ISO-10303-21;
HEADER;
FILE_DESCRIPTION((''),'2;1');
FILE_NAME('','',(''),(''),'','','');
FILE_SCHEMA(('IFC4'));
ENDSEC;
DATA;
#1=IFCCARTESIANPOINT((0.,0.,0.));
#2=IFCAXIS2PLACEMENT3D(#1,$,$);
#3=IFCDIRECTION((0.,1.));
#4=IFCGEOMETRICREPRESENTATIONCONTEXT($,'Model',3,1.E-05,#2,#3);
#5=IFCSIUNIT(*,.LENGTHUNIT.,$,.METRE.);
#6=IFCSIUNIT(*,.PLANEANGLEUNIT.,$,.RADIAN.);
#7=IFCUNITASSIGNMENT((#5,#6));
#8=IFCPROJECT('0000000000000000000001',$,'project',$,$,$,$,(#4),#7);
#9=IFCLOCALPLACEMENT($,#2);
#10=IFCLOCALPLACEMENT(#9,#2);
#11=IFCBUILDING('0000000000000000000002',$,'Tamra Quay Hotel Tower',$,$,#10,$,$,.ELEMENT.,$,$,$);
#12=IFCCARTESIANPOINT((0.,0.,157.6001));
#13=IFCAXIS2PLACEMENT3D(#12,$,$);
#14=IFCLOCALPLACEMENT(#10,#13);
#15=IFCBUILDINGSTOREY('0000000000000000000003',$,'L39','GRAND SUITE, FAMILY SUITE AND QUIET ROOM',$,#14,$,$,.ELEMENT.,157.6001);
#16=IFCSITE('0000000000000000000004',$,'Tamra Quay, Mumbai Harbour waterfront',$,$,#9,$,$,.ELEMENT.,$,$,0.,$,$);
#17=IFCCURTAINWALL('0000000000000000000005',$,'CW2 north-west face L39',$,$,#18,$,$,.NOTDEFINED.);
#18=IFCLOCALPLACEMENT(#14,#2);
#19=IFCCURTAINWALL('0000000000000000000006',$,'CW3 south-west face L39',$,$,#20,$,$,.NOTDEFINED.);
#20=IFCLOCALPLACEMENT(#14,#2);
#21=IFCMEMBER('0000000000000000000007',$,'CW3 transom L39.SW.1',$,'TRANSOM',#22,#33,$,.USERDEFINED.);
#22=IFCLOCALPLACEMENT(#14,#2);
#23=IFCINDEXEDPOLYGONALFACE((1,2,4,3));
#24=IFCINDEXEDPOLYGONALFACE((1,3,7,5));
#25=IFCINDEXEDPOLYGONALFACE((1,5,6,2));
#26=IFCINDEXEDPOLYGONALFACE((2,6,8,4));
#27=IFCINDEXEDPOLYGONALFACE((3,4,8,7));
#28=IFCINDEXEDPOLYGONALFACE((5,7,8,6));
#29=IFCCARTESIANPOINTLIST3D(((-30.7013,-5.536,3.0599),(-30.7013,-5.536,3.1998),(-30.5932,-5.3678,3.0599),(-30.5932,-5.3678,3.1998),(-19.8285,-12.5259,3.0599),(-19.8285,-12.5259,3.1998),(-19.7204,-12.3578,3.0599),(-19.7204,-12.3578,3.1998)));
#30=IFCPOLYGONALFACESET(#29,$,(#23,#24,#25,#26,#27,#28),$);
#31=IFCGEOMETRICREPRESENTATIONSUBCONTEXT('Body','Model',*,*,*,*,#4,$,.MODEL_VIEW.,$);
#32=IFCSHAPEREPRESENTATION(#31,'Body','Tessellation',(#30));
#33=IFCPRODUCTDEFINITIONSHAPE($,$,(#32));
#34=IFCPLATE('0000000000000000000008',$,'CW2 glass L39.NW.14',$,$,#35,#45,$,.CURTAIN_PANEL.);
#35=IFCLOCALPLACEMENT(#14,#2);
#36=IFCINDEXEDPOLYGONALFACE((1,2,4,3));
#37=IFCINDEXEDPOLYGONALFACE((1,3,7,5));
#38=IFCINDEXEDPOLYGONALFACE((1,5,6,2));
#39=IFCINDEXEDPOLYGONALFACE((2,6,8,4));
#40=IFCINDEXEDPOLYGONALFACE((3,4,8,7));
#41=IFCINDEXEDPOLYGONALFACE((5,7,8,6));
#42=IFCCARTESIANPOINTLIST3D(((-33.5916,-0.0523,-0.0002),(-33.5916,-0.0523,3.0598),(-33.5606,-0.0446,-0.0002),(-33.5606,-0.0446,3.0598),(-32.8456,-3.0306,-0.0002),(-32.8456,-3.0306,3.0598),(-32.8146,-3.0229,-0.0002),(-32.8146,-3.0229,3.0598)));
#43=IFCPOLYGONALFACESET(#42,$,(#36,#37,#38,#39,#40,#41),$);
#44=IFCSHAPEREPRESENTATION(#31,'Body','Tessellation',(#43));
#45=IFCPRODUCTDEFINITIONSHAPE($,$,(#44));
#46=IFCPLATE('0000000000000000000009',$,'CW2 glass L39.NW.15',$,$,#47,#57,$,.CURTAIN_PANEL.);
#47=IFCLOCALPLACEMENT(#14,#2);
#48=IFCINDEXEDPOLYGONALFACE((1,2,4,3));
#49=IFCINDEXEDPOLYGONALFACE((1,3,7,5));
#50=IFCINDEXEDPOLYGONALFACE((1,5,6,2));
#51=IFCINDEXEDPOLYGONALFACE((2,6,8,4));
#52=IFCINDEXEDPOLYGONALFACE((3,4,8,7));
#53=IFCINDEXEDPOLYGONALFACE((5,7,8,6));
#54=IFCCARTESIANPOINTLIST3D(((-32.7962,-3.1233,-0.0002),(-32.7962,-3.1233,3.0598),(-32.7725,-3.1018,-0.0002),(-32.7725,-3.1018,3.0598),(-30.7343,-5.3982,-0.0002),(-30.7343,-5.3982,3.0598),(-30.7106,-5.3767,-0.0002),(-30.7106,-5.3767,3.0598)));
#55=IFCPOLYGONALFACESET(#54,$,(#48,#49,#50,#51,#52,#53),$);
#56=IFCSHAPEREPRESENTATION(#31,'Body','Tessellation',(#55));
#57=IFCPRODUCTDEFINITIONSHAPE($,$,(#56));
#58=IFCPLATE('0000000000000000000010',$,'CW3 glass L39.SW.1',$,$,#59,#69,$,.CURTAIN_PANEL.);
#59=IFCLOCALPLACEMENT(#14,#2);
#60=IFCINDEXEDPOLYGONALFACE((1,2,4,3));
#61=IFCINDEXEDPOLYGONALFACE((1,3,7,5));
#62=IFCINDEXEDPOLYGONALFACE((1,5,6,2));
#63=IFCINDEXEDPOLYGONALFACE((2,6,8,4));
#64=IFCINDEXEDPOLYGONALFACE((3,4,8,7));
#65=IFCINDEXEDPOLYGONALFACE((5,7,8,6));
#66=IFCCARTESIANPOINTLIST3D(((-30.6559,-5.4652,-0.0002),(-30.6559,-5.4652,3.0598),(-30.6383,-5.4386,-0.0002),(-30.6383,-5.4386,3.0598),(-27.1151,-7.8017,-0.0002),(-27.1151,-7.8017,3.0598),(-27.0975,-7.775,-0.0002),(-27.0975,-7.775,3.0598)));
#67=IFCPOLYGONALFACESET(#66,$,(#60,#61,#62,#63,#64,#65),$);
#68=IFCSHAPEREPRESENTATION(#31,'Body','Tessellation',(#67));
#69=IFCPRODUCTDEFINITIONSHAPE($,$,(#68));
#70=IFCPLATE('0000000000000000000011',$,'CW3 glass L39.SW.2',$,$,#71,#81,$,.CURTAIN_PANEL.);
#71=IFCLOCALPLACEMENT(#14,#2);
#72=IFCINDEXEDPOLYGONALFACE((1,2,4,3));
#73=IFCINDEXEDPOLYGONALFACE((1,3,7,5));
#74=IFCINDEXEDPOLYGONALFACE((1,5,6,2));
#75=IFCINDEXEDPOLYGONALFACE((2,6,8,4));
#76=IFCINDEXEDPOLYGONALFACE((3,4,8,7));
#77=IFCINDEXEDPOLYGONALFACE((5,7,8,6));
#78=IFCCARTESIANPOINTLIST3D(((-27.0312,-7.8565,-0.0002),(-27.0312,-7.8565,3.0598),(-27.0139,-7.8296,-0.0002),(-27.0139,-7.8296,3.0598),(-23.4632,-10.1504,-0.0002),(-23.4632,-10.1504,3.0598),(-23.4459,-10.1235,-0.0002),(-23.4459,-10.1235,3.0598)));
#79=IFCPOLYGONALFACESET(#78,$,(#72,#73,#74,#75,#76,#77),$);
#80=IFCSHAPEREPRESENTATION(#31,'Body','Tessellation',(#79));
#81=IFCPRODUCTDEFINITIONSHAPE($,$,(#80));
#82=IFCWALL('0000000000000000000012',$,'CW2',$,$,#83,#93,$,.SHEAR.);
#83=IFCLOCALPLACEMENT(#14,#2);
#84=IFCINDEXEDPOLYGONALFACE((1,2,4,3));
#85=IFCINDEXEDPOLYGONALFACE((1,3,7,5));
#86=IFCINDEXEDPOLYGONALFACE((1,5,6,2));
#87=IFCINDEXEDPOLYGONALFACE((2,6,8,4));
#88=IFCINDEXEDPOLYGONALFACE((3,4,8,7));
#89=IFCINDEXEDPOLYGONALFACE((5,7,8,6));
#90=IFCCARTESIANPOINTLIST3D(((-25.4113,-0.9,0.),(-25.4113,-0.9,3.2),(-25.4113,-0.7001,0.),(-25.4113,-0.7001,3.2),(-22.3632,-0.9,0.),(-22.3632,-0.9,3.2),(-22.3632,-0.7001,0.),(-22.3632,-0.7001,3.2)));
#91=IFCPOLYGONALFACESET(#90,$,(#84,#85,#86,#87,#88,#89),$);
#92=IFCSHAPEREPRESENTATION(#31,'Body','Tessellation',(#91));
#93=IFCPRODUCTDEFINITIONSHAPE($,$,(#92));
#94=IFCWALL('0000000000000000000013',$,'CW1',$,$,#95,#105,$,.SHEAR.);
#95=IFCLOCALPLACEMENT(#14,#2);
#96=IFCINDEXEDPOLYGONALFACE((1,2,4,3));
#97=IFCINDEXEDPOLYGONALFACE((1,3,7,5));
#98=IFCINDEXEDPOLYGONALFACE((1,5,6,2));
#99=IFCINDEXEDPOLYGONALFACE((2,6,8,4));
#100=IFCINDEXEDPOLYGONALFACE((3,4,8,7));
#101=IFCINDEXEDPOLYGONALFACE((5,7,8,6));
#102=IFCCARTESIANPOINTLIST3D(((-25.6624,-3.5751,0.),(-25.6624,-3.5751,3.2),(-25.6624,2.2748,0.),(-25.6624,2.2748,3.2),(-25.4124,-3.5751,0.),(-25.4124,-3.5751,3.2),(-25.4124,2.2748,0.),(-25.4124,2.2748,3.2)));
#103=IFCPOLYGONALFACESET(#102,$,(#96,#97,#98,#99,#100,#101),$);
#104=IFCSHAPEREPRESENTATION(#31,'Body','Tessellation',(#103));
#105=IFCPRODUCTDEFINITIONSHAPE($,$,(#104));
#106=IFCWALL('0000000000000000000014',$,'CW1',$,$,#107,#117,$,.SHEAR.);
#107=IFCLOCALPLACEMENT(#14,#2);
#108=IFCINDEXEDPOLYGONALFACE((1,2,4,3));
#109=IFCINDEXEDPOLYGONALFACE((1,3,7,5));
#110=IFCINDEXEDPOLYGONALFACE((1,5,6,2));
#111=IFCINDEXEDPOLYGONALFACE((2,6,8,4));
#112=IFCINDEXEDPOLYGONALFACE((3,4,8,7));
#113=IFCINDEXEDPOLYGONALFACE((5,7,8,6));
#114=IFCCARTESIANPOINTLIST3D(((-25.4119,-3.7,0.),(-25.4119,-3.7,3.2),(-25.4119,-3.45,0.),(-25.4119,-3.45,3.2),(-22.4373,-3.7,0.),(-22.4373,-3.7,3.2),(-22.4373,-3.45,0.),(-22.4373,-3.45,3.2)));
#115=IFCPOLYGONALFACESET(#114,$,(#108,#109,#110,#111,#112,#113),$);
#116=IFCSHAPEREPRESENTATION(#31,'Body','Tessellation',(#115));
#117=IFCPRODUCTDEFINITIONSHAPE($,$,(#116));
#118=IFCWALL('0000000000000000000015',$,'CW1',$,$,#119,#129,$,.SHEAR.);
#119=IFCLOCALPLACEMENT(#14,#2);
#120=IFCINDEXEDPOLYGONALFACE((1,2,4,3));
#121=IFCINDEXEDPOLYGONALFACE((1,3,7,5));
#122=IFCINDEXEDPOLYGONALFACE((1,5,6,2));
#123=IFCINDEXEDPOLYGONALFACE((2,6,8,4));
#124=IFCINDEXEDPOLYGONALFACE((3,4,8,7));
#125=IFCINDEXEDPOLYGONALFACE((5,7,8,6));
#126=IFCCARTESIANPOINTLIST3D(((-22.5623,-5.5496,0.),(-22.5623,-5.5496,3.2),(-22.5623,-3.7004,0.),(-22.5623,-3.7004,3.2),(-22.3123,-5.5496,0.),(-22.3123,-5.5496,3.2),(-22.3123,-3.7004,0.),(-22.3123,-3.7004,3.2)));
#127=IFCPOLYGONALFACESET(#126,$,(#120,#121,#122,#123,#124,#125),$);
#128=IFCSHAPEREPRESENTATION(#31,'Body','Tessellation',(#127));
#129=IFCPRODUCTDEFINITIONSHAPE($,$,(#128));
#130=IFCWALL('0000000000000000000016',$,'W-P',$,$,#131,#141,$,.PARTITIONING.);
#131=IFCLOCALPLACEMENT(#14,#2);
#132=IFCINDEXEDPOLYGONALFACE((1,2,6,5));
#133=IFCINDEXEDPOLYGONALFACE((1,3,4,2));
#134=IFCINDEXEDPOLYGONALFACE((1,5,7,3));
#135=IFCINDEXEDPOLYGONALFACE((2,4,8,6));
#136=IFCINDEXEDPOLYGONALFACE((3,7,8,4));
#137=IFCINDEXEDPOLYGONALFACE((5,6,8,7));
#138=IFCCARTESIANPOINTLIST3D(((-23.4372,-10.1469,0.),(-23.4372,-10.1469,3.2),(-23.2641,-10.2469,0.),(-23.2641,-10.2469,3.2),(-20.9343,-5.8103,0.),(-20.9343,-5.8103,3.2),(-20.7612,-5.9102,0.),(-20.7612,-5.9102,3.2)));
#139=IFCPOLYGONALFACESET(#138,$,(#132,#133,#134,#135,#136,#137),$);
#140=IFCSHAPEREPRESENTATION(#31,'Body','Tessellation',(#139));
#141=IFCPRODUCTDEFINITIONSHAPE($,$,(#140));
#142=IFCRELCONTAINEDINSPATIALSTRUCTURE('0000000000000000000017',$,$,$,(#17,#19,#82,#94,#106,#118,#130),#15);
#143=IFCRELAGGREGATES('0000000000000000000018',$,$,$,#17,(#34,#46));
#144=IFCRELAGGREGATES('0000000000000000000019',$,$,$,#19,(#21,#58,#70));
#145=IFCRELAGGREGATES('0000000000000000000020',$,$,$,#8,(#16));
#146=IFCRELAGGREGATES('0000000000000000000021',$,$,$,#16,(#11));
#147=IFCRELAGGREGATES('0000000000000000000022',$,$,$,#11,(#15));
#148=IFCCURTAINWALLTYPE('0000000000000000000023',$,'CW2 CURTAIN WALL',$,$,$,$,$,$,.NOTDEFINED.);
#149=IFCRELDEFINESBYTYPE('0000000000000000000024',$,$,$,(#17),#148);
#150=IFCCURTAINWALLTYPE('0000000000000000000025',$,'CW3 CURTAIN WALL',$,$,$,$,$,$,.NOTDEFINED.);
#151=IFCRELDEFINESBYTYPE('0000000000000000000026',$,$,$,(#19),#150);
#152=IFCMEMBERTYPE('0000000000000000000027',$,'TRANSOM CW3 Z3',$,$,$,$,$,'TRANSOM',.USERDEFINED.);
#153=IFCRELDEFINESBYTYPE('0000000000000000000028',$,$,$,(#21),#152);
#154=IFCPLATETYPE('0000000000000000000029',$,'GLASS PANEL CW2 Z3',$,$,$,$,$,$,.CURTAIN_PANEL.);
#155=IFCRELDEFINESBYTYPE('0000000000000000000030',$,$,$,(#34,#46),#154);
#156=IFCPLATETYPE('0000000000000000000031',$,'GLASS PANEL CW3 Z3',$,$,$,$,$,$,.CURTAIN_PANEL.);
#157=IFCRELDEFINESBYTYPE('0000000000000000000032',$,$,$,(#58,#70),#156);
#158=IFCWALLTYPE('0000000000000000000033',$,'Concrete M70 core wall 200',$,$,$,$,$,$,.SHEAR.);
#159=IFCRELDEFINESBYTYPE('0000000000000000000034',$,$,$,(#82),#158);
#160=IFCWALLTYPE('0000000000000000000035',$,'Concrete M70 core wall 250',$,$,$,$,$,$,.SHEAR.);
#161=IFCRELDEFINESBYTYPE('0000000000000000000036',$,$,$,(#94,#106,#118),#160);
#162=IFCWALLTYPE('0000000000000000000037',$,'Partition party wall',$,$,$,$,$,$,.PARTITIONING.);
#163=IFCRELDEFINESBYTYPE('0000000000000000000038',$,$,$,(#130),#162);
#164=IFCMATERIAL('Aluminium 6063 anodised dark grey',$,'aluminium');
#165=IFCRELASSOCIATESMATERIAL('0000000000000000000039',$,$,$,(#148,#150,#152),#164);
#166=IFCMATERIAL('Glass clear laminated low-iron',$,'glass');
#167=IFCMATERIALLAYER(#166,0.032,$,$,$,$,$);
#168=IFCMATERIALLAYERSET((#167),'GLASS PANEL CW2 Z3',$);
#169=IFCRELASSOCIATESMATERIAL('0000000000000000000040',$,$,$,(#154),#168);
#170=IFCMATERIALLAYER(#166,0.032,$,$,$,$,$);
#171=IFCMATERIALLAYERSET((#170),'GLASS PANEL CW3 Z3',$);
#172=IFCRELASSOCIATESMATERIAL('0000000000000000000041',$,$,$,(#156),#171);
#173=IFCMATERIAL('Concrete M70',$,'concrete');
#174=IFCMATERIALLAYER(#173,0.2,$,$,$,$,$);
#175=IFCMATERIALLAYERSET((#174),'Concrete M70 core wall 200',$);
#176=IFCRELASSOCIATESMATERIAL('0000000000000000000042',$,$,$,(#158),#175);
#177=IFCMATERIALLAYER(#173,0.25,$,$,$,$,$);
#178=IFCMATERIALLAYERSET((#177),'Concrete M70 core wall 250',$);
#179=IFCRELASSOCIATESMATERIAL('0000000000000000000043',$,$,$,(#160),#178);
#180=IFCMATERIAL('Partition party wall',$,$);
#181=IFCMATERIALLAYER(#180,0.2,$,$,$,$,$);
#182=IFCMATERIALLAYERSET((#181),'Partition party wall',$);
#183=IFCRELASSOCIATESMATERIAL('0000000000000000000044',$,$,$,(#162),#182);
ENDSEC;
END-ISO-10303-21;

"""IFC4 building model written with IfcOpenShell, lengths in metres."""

from ifc_helpers import new_model, si_unit, direction, frame, frame_2d, origin, origin_2d, place, context, subcontext, project, spatial, rectangle, extrude, material, layer, layer_set, material_profile, profile_set, type_object, element, aggregate, save


model = new_model("IFC4")

# Units and contexts
model_context = context("Model", 3, precision=1e-05, world=origin(), true_north=direction((0.0, 1.0)))
body_context = subcontext(model_context, "Body", "Model", "MODEL_VIEW")
ifc_project = project(units=[si_unit("LENGTHUNIT", "METRE"), si_unit("PLANEANGLEUNIT", "RADIAN")], contexts=[model_context])

# Site, building, storey
site_placement = place(None, origin())
site = spatial("IfcSite", under=ifc_project, at=site_placement, Name="Tamra Quay, Mumbai Harbour waterfront", CompositionType="ELEMENT", RefElevation=0.0)
building_placement = place(site_placement, origin())
building = spatial("IfcBuilding", under=site, at=building_placement, Name="Tamra Quay Hotel Tower", CompositionType="ELEMENT")
storey_placement = place(building_placement, frame((0.0, 0.0, 157.6001)))
storey = spatial("IfcBuildingStorey", under=building, at=storey_placement, Name="L39", Description="GRAND SUITE, FAMILY SUITE AND QUIET ROOM", CompositionType="ELEMENT", Elevation=157.6001)

# Shared definitions
ifc_material_1 = material(Name="Concrete M70", Category="concrete")

# Curtain walls
ifc_material_2 = material(Name="Aluminium 6063 anodised dark grey", Category="aluminium")
curtain_wall_type_1 = type_object("IfcCurtainWallType", Name="CW2 CURTAIN WALL", PredefinedType="NOTDEFINED", material=ifc_material_2)
curtain_wall_1_placement = place(storey_placement, origin())
curtain_wall_1 = element("IfcCurtainWall", 1, at=curtain_wall_1_placement, inside=storey, type_object=curtain_wall_type_1, Name="CW2 north-west face L39", PredefinedType="NOTDEFINED")
curtain_wall_type_2 = type_object("IfcCurtainWallType", Name="CW3 CURTAIN WALL", PredefinedType="NOTDEFINED", material=ifc_material_2)
curtain_wall_2_placement = place(storey_placement, origin())
curtain_wall_2 = element("IfcCurtainWall", 2, at=curtain_wall_2_placement, inside=storey, type_object=curtain_wall_type_2, Name="CW3 south-west face L39", PredefinedType="NOTDEFINED")

# Member
ifc_material_profile_1 = material_profile(ifc_material_2, rectangle(XDim=0.2, YDim=0.1399, at=origin_2d()), Name="TRANSOM 200X140")
ifc_profile_set_1 = profile_set([ifc_material_profile_1], Name="Aluminium 6063 anodised dark grey")
member_type_1 = type_object("IfcMemberType", Name="TRANSOM CW3 Z3", ElementType="TRANSOM", PredefinedType="USERDEFINED", material=ifc_profile_set_1)
member_1_placement = place(storey_placement, frame((-30.6472, -5.4519, 3.1299), z_axis=(0.841167, -0.540776, 0.0), x_axis=(0.540776, 0.841167, 0.0)))
member_1 = element("IfcMember", 3, at=member_1_placement, type_object=member_type_1, Name="CW3 transom L39.SW.1", ObjectType="TRANSOM", PredefinedType="USERDEFINED", context=body_context, shape_type="SweptSolid", body=[
    extrude(rectangle(XDim=0.2, YDim=0.1399, at=origin_2d()), origin(), (0.0, 0.0, 1.0), 12.9258),
])

# Plates
ifc_material_3 = material(Name="Glass clear laminated low-iron", Category="glass")
ifc_layer_1 = layer(ifc_material_3, 0.032)
ifc_layer_set_1 = layer_set([ifc_layer_1], Name="GLASS PANEL CW2 Z3")
plate_type_1 = type_object("IfcPlateType", Name="GLASS PANEL CW2 Z3", PredefinedType="CURTAIN_PANEL", material=ifc_layer_set_1)
plate_1_placement = place(storey_placement, frame((-33.2031, -1.5376, -0.0002), z_axis=(0.0, 0.0, 1.0), x_axis=(0.242976, -0.970032, 0.0)))
plate_1 = element("IfcPlate", 4, at=plate_1_placement, type_object=plate_type_1, Name="CW2 glass L39.NW.14", PredefinedType="CURTAIN_PANEL", context=body_context, shape_type="SweptSolid", body=[
    extrude(rectangle(XDim=3.0703, YDim=0.032, at=origin_2d()), origin(), (0.0, 0.0, 1.0), 3.0601),
])
plate_2_placement = place(storey_placement, frame((-31.7534, -4.25, -0.0002), z_axis=(0.0, 0.0, 1.0), x_axis=(0.67155, -0.740959, 0.0)))
plate_2 = element("IfcPlate", 5, at=plate_2_placement, type_object=plate_type_1, Name="CW2 glass L39.NW.15", PredefinedType="CURTAIN_PANEL", context=body_context, shape_type="SweptSolid", body=[
    extrude(rectangle(XDim=3.0703, YDim=0.032, at=origin_2d()), origin(), (0.0, 0.0, 1.0), 3.0601),
])
aggregate(curtain_wall_1, [plate_1, plate_2])
ifc_layer_2 = layer(ifc_material_3, 0.032)
ifc_layer_set_2 = layer_set([ifc_layer_2], Name="GLASS PANEL CW3 Z3")
plate_type_2 = type_object("IfcPlateType", Name="GLASS PANEL CW3 Z3", PredefinedType="CURTAIN_PANEL", material=ifc_layer_set_2)
plate_3_placement = place(storey_placement, frame((-28.8767, -6.6201, -0.0002), z_axis=(0.0, 0.0, 1.0), x_axis=(0.834663, -0.550761, 0.0)))
plate_3 = element("IfcPlate", 6, at=plate_3_placement, type_object=plate_type_2, Name="CW3 glass L39.SW.1", PredefinedType="CURTAIN_PANEL", context=body_context, shape_type="SweptSolid", body=[
    extrude(rectangle(XDim=4.2422, YDim=0.032, at=origin_2d()), origin(), (0.0, 0.0, 1.0), 3.0601),
])
plate_4_placement = place(storey_placement, frame((-25.2385, -8.99, -0.0002), z_axis=(0.0, 0.0, 1.0), x_axis=(0.841164, -0.54078, 0.0)))
plate_4 = element("IfcPlate", 7, at=plate_4_placement, type_object=plate_type_2, Name="CW3 glass L39.SW.2", PredefinedType="CURTAIN_PANEL", context=body_context, shape_type="SweptSolid", body=[
    extrude(rectangle(XDim=4.2417, YDim=0.032, at=origin_2d()), origin(), (0.0, 0.0, 1.0), 3.0601),
])
aggregate(curtain_wall_2, [member_1, plate_3, plate_4])

# Walls
ifc_layer_3 = layer(ifc_material_1, 0.2)
ifc_layer_set_3 = layer_set([ifc_layer_3], Name="Concrete M70 core wall 200")
wall_type_1 = type_object("IfcWallType", Name="Concrete M70 core wall 200", PredefinedType="SHEAR", material=ifc_layer_set_3)
wall_1_placement = place(storey_placement, frame((-22.3633, -0.8, 0.0), z_axis=(0.0, 0.0, 1.0), x_axis=(-1.0, 0.0, 0.0)))
element("IfcWall", 8, at=wall_1_placement, inside=storey, type_object=wall_type_1, Name="CW2", PredefinedType="SHEAR", context=body_context, shape_type="SweptSolid", body=[
    extrude(rectangle(XDim=3.0481, YDim=0.2, at=frame_2d((1.5239, 0.0))), origin(), (0.0, 0.0, 1.0), 3.2),
])
ifc_layer_4 = layer(ifc_material_1, 0.25)
ifc_layer_set_4 = layer_set([ifc_layer_4], Name="Concrete M70 core wall 250")
wall_type_2 = type_object("IfcWallType", Name="Concrete M70 core wall 250", PredefinedType="SHEAR", material=ifc_layer_set_4)
wall_2_placement = place(storey_placement, frame((-25.5374, -3.575, 0.0), z_axis=(0.0, 0.0, 1.0), x_axis=(0.0, 1.0, 0.0)))
element("IfcWall", 9, at=wall_2_placement, inside=storey, type_object=wall_type_2, Name="CW1", PredefinedType="SHEAR", context=body_context, shape_type="SweptSolid", body=[
    extrude(rectangle(XDim=5.8499, YDim=0.25, at=frame_2d((2.9248, 0.0))), origin(), (0.0, 0.0, 1.0), 3.2),
])
wall_3_placement = place(storey_placement, frame((-22.4373, -3.575, 0.0), z_axis=(0.0, 0.0, 1.0), x_axis=(-1.0, 0.0, 0.0)))
element("IfcWall", 10, at=wall_3_placement, inside=storey, type_object=wall_type_2, Name="CW1", PredefinedType="SHEAR", context=body_context, shape_type="SweptSolid", body=[
    extrude(rectangle(XDim=2.9746, YDim=0.25, at=frame_2d((1.4873, 0.0))), origin(), (0.0, 0.0, 1.0), 3.2),
])
wall_4_placement = place(storey_placement, frame((-22.4373, -5.5496, 0.0), z_axis=(0.0, 0.0, 1.0), x_axis=(0.0, 1.0, 0.0)))
element("IfcWall", 11, at=wall_4_placement, inside=storey, type_object=wall_type_2, Name="CW1", PredefinedType="SHEAR", context=body_context, shape_type="SweptSolid", body=[
    extrude(rectangle(XDim=1.8491, YDim=0.25, at=frame_2d((0.9246, 0.0))), origin(), (0.0, 0.0, 1.0), 3.2),
])
ifc_material_4 = material(Name="Partition party wall")
ifc_layer_5 = layer(ifc_material_4, 0.2)
ifc_layer_set_5 = layer_set([ifc_layer_5], Name="Partition party wall")
wall_type_3 = type_object("IfcWallType", Name="Partition party wall", PredefinedType="PARTITIONING", material=ifc_layer_set_5)
wall_5_placement = place(storey_placement, frame((-23.3506, -10.1968, 0.0), z_axis=(0.0, 0.0, 1.0), x_axis=(0.499873, 0.866099, 0.0)))
element("IfcWall", 12, at=wall_5_placement, inside=storey, type_object=wall_type_3, Name="W-P", PredefinedType="PARTITIONING", context=body_context, shape_type="SweptSolid", body=[
    extrude(rectangle(XDim=5.0071, YDim=0.2, at=frame_2d((2.5034, 0.0))), origin(), (0.0, 0.0, 1.0), 3.2),
])

save(model, "model.ifc")
